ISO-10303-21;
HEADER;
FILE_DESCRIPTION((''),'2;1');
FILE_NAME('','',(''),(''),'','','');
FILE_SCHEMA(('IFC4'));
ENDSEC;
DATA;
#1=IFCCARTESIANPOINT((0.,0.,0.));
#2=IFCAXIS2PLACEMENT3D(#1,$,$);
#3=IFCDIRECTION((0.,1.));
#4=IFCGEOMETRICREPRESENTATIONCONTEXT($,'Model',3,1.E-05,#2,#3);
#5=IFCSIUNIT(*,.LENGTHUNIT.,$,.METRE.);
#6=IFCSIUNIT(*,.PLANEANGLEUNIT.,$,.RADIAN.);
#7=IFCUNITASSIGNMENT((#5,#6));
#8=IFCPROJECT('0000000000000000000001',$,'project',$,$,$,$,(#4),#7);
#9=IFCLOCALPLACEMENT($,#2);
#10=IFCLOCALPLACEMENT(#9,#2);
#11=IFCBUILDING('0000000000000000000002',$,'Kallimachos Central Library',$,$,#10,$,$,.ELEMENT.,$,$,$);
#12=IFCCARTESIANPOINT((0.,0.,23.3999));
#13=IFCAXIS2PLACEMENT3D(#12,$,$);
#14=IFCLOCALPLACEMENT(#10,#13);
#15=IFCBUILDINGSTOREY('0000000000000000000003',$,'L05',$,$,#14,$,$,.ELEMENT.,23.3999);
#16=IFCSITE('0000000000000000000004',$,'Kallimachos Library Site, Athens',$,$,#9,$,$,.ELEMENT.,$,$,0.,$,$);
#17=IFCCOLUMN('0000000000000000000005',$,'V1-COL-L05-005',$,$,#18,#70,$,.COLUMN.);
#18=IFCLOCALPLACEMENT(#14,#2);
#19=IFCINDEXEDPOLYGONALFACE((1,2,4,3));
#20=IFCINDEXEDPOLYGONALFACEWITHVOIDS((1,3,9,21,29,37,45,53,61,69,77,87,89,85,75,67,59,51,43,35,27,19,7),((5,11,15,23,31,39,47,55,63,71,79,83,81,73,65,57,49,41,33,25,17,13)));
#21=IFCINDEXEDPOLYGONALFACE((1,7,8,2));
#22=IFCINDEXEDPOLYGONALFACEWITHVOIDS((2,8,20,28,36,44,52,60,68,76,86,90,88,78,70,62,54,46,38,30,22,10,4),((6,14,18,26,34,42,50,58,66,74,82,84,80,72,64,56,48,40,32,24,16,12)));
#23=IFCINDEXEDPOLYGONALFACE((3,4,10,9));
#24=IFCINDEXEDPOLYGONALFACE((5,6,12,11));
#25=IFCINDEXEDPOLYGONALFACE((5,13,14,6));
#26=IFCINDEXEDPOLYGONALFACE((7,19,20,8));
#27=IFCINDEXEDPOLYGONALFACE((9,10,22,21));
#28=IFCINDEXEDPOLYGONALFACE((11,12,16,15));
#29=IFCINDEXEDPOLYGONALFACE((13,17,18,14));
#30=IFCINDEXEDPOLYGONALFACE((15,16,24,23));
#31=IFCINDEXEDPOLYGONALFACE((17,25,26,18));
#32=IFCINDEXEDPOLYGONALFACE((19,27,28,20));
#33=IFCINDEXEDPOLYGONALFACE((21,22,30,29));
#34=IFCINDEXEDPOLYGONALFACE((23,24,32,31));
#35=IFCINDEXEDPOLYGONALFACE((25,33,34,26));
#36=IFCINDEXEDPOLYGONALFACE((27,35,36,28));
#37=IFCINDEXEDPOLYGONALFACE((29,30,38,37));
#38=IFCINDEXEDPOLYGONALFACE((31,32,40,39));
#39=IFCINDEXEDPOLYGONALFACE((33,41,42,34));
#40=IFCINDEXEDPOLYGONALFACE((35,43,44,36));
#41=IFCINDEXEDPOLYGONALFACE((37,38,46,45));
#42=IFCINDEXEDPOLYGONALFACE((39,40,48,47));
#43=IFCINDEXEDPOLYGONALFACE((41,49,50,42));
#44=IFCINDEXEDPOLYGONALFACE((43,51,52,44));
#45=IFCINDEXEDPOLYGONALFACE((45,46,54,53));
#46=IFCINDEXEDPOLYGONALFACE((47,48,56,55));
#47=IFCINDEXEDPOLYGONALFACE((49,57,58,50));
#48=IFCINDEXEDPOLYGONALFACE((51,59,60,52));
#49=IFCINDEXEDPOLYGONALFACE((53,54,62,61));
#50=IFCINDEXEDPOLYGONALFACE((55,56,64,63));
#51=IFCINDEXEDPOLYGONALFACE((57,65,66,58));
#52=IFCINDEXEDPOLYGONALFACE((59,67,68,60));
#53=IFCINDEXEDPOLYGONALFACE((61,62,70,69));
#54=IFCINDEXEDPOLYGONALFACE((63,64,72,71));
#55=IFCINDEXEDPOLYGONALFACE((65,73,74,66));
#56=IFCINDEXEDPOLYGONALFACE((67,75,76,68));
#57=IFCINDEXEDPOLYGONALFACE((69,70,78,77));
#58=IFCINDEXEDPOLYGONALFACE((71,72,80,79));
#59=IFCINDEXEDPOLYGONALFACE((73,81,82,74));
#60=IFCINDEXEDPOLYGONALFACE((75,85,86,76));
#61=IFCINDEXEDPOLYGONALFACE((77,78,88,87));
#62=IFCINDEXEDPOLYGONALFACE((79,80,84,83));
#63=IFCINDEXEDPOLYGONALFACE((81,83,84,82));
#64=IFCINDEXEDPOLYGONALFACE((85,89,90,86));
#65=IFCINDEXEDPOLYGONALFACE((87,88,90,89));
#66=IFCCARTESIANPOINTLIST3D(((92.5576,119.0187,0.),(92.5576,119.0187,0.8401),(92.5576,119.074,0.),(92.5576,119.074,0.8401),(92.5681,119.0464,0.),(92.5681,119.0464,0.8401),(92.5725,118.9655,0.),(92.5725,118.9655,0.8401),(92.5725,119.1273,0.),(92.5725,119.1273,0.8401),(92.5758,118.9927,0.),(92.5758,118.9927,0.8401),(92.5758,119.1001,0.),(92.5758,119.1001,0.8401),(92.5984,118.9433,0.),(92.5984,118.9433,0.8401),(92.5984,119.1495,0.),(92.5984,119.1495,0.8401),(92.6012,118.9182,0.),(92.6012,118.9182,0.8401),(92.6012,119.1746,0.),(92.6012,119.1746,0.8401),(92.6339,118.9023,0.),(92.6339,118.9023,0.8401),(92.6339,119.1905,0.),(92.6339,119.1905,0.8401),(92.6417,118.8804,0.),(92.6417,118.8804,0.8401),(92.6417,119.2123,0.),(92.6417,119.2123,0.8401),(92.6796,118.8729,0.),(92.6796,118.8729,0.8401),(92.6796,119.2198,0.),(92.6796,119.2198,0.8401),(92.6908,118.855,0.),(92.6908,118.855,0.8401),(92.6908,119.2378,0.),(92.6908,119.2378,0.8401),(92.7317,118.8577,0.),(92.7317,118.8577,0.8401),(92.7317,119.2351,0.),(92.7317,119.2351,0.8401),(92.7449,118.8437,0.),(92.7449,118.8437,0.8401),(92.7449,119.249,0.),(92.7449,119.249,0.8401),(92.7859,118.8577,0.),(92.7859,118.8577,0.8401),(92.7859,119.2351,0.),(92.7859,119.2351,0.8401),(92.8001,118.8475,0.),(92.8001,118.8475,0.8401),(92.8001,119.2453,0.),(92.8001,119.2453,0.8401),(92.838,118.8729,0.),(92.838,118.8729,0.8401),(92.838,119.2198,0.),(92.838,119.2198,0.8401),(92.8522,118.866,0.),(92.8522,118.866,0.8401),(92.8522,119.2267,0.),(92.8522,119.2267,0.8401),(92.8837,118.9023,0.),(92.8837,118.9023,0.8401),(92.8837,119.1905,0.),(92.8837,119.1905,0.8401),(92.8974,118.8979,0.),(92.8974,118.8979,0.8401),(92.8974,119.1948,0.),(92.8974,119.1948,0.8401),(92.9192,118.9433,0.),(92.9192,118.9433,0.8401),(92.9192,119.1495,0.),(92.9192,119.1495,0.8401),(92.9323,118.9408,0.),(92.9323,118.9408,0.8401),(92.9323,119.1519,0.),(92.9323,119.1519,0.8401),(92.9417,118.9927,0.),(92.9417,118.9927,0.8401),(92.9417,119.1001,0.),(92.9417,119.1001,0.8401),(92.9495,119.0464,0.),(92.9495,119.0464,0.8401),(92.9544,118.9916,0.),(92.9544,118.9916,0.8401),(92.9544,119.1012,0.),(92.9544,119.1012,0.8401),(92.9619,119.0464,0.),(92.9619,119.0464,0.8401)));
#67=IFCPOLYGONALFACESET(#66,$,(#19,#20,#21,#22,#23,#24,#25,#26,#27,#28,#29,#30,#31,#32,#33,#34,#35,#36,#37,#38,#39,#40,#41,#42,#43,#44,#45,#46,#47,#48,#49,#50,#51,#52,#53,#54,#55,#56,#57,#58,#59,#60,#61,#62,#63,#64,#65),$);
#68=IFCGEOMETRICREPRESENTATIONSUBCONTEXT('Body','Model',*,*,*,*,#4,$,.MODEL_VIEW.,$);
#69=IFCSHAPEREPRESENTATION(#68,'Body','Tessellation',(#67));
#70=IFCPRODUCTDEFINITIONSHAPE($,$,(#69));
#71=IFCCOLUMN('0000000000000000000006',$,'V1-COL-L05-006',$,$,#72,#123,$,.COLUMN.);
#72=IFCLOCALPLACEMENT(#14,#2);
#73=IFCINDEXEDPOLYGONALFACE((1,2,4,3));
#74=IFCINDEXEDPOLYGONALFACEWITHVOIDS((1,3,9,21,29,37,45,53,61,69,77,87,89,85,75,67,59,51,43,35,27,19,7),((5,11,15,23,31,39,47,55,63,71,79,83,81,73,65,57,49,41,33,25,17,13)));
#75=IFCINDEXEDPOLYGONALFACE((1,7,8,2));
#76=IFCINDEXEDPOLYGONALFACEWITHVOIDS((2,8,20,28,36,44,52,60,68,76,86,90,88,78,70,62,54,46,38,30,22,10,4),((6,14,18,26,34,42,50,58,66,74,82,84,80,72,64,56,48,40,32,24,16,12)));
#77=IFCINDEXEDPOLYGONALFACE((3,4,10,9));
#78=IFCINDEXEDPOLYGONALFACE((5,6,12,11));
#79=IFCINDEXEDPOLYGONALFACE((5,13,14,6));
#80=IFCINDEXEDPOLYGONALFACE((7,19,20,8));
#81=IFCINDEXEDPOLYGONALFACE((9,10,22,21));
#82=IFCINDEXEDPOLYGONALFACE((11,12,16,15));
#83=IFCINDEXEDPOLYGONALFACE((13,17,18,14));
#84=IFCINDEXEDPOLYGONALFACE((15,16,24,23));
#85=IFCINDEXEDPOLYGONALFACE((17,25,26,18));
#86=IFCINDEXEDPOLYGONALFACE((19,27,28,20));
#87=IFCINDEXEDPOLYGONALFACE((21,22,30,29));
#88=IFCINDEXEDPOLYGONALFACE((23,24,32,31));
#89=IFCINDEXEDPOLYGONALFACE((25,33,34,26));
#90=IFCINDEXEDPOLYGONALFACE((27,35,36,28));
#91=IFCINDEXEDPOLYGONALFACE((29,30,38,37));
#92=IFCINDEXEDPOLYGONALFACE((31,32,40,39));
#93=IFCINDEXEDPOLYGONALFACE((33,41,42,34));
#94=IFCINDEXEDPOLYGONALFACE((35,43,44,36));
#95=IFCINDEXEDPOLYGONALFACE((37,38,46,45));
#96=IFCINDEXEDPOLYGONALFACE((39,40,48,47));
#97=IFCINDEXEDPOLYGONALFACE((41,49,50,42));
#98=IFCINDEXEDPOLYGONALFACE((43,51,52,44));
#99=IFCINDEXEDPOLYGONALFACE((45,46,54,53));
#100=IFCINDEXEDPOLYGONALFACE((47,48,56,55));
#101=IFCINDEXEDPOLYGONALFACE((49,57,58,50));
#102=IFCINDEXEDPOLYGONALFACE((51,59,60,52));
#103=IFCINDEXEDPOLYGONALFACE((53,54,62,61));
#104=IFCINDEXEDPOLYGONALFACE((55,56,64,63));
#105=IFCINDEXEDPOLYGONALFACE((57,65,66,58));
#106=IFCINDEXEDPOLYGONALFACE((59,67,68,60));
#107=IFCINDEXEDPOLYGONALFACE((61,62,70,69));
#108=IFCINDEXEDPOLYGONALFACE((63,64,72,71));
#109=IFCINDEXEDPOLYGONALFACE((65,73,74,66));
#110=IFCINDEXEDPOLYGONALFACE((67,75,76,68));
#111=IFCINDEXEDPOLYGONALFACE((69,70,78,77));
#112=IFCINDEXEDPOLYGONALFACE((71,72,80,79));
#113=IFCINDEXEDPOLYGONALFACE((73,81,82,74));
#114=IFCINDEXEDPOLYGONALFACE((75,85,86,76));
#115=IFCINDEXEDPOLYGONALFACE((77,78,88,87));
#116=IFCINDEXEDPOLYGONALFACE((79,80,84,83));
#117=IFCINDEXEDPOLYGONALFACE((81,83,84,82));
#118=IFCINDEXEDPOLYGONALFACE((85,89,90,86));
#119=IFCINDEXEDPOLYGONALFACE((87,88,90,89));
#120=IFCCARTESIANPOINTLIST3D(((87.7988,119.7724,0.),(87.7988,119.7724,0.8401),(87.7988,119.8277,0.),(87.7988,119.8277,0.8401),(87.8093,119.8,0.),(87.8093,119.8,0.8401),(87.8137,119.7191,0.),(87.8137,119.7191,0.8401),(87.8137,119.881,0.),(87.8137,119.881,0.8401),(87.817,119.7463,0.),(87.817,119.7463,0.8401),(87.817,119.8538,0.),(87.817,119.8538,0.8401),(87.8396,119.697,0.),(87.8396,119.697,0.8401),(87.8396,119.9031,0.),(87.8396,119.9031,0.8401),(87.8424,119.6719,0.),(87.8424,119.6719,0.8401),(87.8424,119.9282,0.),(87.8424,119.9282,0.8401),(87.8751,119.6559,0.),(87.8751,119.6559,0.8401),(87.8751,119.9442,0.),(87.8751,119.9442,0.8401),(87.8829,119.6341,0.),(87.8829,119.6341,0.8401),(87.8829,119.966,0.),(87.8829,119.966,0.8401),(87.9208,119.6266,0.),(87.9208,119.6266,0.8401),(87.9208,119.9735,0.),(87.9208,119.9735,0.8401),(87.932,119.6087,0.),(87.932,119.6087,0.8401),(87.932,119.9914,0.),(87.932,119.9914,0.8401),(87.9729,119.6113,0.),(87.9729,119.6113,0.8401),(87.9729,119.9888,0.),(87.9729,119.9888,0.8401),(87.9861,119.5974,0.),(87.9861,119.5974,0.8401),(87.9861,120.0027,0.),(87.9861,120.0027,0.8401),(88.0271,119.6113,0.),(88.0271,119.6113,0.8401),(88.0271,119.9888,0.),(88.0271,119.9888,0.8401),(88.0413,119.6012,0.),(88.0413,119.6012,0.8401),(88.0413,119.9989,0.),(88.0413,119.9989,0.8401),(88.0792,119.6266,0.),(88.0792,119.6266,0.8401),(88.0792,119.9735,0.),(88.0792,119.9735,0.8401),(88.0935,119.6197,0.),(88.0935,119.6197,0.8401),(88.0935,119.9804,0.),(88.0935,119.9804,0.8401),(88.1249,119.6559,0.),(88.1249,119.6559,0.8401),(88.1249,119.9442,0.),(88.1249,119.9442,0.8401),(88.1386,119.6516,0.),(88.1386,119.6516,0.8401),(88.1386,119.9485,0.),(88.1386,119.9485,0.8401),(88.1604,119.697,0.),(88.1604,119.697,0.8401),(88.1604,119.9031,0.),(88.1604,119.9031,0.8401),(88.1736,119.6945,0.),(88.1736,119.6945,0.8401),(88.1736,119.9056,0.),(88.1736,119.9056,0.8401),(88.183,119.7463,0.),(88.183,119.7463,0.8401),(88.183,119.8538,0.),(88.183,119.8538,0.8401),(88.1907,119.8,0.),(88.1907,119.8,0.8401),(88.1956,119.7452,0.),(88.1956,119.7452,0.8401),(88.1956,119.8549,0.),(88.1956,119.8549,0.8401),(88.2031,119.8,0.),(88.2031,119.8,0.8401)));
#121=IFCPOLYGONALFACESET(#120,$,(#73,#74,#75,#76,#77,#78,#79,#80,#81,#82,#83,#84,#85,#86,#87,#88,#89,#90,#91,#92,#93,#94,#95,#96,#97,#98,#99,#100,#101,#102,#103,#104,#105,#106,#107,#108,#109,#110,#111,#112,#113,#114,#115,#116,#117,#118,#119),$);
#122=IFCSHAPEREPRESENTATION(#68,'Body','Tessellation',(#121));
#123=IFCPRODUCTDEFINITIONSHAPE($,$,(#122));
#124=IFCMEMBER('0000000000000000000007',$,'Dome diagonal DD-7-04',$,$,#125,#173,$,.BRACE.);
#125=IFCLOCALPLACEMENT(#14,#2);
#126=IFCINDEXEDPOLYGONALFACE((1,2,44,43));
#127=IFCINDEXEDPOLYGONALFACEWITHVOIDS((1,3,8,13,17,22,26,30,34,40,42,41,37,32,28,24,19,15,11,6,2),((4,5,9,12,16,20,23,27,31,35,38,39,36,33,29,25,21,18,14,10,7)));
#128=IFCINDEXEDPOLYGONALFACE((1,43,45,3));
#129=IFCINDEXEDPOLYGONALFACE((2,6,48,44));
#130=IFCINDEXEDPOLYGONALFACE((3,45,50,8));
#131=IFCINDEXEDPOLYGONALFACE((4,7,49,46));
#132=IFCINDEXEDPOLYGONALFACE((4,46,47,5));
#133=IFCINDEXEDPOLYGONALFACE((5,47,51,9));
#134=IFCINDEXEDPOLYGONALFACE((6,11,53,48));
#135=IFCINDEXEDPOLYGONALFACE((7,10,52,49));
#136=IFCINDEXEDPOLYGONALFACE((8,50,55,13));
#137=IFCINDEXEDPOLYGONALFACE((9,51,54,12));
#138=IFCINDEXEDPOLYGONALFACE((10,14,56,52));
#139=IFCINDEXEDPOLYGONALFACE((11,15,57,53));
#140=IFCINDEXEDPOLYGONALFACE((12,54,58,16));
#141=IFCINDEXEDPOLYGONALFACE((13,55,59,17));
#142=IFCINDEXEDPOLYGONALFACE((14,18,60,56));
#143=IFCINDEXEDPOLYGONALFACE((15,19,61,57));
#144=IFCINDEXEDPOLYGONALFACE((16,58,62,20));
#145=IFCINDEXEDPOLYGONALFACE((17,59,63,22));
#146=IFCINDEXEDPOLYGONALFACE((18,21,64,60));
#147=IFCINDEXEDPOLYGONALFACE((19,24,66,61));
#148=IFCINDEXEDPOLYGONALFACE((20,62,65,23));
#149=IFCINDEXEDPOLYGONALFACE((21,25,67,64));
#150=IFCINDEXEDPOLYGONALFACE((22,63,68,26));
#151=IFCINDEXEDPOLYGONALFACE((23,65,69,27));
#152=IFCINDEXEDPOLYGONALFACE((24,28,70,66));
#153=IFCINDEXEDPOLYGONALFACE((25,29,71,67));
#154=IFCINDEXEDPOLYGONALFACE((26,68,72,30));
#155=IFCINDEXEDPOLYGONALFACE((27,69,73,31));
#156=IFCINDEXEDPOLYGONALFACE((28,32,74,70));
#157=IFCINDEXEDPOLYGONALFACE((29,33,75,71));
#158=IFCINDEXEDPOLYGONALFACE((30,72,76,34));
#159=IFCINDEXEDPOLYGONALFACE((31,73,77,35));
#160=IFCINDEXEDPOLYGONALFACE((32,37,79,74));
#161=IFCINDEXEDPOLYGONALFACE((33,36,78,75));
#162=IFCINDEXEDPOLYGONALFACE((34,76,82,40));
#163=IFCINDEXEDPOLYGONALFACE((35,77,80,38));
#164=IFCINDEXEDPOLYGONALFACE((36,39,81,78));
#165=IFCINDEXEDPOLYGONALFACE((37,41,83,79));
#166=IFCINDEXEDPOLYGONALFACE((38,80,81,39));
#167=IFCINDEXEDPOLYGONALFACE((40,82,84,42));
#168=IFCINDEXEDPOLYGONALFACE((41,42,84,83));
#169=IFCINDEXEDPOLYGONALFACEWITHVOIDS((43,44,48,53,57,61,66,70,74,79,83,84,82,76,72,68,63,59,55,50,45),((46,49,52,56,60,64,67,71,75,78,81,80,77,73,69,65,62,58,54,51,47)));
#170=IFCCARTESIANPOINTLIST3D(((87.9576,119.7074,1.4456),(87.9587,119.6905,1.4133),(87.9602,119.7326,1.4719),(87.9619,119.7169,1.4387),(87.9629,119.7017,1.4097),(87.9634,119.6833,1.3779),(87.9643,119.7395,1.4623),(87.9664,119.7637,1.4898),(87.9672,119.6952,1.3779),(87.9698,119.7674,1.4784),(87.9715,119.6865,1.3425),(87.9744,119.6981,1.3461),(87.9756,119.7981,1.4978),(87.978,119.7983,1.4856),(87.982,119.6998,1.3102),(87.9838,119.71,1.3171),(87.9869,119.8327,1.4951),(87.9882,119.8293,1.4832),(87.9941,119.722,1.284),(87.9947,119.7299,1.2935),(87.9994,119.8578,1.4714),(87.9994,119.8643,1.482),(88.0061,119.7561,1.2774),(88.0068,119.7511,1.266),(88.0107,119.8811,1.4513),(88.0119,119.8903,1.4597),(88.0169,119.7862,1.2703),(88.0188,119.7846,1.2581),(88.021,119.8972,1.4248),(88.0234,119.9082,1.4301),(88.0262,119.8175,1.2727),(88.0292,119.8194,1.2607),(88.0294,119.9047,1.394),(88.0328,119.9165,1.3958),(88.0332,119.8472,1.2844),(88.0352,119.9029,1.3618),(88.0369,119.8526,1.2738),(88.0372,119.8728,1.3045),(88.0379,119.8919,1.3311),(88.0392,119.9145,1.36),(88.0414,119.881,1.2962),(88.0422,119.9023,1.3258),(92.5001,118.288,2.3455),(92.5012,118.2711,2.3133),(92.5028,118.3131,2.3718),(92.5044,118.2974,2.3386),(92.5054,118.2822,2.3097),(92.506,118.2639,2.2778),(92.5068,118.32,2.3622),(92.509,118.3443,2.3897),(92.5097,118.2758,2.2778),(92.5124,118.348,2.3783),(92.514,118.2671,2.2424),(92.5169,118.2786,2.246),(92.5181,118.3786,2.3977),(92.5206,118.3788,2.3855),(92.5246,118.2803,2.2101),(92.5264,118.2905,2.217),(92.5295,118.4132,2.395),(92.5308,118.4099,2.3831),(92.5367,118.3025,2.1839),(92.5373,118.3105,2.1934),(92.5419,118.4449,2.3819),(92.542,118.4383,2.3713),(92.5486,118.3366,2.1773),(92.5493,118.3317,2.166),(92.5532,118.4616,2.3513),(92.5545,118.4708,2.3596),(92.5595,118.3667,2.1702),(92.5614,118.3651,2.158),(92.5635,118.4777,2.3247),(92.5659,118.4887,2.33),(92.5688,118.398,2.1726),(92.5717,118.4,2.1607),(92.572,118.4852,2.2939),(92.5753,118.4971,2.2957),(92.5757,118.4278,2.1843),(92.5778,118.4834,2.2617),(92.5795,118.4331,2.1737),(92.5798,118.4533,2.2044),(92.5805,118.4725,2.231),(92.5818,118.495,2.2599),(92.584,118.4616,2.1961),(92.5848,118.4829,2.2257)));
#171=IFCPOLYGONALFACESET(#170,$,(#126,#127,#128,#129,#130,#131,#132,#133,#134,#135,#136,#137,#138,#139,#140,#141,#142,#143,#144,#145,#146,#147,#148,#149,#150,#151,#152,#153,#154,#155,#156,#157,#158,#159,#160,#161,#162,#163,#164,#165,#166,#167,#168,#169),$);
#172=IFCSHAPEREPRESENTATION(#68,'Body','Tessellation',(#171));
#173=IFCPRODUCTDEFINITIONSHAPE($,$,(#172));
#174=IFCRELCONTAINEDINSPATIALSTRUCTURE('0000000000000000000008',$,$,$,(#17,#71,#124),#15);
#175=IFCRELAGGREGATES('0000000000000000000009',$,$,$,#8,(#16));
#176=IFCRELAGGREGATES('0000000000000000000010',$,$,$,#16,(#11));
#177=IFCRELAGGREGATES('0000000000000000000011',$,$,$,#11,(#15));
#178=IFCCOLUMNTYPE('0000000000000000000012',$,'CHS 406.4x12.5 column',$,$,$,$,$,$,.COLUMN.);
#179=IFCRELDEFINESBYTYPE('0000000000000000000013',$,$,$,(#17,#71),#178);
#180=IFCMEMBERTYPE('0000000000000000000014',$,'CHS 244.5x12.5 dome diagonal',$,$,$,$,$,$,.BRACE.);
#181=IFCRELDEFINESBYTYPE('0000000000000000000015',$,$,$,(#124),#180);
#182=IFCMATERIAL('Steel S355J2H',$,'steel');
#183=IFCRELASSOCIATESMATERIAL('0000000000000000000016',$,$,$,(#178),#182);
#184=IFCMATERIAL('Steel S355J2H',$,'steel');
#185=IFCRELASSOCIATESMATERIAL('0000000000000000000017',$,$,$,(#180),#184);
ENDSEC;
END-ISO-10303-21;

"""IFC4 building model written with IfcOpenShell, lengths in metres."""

from ifc_helpers import new_model, si_unit, direction, frame, origin, origin_2d, place, context, subcontext, project, spatial, hollow_circle, extrude, material, material_profile, profile_set, type_object, element, save


model = new_model("IFC4")

# Units and contexts
model_context = context("Model", 3, precision=1e-05, world=origin(), true_north=direction((0.0, 1.0)))
body_context = subcontext(model_context, "Body", "Model", "MODEL_VIEW")
ifc_project = project(units=[si_unit("LENGTHUNIT", "METRE"), si_unit("PLANEANGLEUNIT", "RADIAN")], contexts=[model_context])

# Site, building, storey
site_placement = place(None, origin())
site = spatial("IfcSite", under=ifc_project, at=site_placement, Name="Kallimachos Library Site, Athens", CompositionType="ELEMENT", RefElevation=0.0)
building_placement = place(site_placement, origin())
building = spatial("IfcBuilding", under=site, at=building_placement, Name="Kallimachos Central Library", CompositionType="ELEMENT")
storey_placement = place(building_placement, frame((0.0, 0.0, 23.3999)))
storey = spatial("IfcBuildingStorey", under=building, at=storey_placement, Name="L05", CompositionType="ELEMENT", Elevation=23.3999)

# Columns
ifc_material_1 = material(Name="Steel S355J2H", Category="steel")
ifc_material_profile_1 = material_profile(ifc_material_1, hollow_circle(Radius=0.2031, WallThickness=0.0125, at=origin_2d()), Name="CHS 406.4x12.5")
ifc_profile_set_1 = profile_set([ifc_material_profile_1], Name="Steel S355J2H")
column_type = type_object("IfcColumnType", Name="CHS 406.4x12.5 column", PredefinedType="COLUMN", material=ifc_profile_set_1)
for number, where, z_axis, x_axis, name in (
    (1, (92.7588, 119.0464, 0.0), (0.0, 0.0, 1.0), (1.0, 0.0, 0.0), "V1-COL-L05-005"),
    (2, (88.0, 119.8, 0.0), (0.0, 0.0, 1.0), (1.0, 0.0, 0.0), "V1-COL-L05-006"),
):
    element("IfcColumn", number, at=place(storey_placement, frame(where, z_axis=z_axis, x_axis=x_axis)), inside=storey, type_object=column_type, Name=name, PredefinedType="COLUMN", context=body_context, shape_type="SweptSolid", body=[
        extrude(hollow_circle(Radius=0.2031, WallThickness=0.0125, at=origin_2d()), origin(), (0.0, 0.0, 1.0), 0.8401),
    ])

# Member
ifc_material_2 = material(Name="Steel S355J2H", Category="steel")
ifc_material_profile_2 = material_profile(ifc_material_2, hollow_circle(Radius=0.1223, WallThickness=0.0125, at=origin_2d()), Name="CHS 244.5x12.5")
ifc_profile_set_2 = profile_set([ifc_material_profile_2], Name="Steel S355J2H")
member_type_1 = type_object("IfcMemberType", Name="CHS 244.5x12.5 dome diagonal", PredefinedType="BRACE", material=ifc_profile_set_2)
for number, where, z_axis, x_axis, name in (
    (3, (92.5425, 118.3806, 2.2778), (-0.937866, 0.293064, -0.185799), (-0.298257, -0.954485, 0.0), "Dome diagonal DD-7-04"),
):
    element("IfcMember", number, at=place(storey_placement, frame(where, z_axis=z_axis, x_axis=x_axis)), inside=storey, type_object=member_type_1, Name=name, PredefinedType="BRACE", context=body_context, shape_type="SweptSolid", body=[
        extrude(hollow_circle(Radius=0.1223, WallThickness=0.0125, at=origin_2d()), origin(), (0.0, 0.0, 1.0), 4.8435),
    ])

save(model, "model.ifc")
